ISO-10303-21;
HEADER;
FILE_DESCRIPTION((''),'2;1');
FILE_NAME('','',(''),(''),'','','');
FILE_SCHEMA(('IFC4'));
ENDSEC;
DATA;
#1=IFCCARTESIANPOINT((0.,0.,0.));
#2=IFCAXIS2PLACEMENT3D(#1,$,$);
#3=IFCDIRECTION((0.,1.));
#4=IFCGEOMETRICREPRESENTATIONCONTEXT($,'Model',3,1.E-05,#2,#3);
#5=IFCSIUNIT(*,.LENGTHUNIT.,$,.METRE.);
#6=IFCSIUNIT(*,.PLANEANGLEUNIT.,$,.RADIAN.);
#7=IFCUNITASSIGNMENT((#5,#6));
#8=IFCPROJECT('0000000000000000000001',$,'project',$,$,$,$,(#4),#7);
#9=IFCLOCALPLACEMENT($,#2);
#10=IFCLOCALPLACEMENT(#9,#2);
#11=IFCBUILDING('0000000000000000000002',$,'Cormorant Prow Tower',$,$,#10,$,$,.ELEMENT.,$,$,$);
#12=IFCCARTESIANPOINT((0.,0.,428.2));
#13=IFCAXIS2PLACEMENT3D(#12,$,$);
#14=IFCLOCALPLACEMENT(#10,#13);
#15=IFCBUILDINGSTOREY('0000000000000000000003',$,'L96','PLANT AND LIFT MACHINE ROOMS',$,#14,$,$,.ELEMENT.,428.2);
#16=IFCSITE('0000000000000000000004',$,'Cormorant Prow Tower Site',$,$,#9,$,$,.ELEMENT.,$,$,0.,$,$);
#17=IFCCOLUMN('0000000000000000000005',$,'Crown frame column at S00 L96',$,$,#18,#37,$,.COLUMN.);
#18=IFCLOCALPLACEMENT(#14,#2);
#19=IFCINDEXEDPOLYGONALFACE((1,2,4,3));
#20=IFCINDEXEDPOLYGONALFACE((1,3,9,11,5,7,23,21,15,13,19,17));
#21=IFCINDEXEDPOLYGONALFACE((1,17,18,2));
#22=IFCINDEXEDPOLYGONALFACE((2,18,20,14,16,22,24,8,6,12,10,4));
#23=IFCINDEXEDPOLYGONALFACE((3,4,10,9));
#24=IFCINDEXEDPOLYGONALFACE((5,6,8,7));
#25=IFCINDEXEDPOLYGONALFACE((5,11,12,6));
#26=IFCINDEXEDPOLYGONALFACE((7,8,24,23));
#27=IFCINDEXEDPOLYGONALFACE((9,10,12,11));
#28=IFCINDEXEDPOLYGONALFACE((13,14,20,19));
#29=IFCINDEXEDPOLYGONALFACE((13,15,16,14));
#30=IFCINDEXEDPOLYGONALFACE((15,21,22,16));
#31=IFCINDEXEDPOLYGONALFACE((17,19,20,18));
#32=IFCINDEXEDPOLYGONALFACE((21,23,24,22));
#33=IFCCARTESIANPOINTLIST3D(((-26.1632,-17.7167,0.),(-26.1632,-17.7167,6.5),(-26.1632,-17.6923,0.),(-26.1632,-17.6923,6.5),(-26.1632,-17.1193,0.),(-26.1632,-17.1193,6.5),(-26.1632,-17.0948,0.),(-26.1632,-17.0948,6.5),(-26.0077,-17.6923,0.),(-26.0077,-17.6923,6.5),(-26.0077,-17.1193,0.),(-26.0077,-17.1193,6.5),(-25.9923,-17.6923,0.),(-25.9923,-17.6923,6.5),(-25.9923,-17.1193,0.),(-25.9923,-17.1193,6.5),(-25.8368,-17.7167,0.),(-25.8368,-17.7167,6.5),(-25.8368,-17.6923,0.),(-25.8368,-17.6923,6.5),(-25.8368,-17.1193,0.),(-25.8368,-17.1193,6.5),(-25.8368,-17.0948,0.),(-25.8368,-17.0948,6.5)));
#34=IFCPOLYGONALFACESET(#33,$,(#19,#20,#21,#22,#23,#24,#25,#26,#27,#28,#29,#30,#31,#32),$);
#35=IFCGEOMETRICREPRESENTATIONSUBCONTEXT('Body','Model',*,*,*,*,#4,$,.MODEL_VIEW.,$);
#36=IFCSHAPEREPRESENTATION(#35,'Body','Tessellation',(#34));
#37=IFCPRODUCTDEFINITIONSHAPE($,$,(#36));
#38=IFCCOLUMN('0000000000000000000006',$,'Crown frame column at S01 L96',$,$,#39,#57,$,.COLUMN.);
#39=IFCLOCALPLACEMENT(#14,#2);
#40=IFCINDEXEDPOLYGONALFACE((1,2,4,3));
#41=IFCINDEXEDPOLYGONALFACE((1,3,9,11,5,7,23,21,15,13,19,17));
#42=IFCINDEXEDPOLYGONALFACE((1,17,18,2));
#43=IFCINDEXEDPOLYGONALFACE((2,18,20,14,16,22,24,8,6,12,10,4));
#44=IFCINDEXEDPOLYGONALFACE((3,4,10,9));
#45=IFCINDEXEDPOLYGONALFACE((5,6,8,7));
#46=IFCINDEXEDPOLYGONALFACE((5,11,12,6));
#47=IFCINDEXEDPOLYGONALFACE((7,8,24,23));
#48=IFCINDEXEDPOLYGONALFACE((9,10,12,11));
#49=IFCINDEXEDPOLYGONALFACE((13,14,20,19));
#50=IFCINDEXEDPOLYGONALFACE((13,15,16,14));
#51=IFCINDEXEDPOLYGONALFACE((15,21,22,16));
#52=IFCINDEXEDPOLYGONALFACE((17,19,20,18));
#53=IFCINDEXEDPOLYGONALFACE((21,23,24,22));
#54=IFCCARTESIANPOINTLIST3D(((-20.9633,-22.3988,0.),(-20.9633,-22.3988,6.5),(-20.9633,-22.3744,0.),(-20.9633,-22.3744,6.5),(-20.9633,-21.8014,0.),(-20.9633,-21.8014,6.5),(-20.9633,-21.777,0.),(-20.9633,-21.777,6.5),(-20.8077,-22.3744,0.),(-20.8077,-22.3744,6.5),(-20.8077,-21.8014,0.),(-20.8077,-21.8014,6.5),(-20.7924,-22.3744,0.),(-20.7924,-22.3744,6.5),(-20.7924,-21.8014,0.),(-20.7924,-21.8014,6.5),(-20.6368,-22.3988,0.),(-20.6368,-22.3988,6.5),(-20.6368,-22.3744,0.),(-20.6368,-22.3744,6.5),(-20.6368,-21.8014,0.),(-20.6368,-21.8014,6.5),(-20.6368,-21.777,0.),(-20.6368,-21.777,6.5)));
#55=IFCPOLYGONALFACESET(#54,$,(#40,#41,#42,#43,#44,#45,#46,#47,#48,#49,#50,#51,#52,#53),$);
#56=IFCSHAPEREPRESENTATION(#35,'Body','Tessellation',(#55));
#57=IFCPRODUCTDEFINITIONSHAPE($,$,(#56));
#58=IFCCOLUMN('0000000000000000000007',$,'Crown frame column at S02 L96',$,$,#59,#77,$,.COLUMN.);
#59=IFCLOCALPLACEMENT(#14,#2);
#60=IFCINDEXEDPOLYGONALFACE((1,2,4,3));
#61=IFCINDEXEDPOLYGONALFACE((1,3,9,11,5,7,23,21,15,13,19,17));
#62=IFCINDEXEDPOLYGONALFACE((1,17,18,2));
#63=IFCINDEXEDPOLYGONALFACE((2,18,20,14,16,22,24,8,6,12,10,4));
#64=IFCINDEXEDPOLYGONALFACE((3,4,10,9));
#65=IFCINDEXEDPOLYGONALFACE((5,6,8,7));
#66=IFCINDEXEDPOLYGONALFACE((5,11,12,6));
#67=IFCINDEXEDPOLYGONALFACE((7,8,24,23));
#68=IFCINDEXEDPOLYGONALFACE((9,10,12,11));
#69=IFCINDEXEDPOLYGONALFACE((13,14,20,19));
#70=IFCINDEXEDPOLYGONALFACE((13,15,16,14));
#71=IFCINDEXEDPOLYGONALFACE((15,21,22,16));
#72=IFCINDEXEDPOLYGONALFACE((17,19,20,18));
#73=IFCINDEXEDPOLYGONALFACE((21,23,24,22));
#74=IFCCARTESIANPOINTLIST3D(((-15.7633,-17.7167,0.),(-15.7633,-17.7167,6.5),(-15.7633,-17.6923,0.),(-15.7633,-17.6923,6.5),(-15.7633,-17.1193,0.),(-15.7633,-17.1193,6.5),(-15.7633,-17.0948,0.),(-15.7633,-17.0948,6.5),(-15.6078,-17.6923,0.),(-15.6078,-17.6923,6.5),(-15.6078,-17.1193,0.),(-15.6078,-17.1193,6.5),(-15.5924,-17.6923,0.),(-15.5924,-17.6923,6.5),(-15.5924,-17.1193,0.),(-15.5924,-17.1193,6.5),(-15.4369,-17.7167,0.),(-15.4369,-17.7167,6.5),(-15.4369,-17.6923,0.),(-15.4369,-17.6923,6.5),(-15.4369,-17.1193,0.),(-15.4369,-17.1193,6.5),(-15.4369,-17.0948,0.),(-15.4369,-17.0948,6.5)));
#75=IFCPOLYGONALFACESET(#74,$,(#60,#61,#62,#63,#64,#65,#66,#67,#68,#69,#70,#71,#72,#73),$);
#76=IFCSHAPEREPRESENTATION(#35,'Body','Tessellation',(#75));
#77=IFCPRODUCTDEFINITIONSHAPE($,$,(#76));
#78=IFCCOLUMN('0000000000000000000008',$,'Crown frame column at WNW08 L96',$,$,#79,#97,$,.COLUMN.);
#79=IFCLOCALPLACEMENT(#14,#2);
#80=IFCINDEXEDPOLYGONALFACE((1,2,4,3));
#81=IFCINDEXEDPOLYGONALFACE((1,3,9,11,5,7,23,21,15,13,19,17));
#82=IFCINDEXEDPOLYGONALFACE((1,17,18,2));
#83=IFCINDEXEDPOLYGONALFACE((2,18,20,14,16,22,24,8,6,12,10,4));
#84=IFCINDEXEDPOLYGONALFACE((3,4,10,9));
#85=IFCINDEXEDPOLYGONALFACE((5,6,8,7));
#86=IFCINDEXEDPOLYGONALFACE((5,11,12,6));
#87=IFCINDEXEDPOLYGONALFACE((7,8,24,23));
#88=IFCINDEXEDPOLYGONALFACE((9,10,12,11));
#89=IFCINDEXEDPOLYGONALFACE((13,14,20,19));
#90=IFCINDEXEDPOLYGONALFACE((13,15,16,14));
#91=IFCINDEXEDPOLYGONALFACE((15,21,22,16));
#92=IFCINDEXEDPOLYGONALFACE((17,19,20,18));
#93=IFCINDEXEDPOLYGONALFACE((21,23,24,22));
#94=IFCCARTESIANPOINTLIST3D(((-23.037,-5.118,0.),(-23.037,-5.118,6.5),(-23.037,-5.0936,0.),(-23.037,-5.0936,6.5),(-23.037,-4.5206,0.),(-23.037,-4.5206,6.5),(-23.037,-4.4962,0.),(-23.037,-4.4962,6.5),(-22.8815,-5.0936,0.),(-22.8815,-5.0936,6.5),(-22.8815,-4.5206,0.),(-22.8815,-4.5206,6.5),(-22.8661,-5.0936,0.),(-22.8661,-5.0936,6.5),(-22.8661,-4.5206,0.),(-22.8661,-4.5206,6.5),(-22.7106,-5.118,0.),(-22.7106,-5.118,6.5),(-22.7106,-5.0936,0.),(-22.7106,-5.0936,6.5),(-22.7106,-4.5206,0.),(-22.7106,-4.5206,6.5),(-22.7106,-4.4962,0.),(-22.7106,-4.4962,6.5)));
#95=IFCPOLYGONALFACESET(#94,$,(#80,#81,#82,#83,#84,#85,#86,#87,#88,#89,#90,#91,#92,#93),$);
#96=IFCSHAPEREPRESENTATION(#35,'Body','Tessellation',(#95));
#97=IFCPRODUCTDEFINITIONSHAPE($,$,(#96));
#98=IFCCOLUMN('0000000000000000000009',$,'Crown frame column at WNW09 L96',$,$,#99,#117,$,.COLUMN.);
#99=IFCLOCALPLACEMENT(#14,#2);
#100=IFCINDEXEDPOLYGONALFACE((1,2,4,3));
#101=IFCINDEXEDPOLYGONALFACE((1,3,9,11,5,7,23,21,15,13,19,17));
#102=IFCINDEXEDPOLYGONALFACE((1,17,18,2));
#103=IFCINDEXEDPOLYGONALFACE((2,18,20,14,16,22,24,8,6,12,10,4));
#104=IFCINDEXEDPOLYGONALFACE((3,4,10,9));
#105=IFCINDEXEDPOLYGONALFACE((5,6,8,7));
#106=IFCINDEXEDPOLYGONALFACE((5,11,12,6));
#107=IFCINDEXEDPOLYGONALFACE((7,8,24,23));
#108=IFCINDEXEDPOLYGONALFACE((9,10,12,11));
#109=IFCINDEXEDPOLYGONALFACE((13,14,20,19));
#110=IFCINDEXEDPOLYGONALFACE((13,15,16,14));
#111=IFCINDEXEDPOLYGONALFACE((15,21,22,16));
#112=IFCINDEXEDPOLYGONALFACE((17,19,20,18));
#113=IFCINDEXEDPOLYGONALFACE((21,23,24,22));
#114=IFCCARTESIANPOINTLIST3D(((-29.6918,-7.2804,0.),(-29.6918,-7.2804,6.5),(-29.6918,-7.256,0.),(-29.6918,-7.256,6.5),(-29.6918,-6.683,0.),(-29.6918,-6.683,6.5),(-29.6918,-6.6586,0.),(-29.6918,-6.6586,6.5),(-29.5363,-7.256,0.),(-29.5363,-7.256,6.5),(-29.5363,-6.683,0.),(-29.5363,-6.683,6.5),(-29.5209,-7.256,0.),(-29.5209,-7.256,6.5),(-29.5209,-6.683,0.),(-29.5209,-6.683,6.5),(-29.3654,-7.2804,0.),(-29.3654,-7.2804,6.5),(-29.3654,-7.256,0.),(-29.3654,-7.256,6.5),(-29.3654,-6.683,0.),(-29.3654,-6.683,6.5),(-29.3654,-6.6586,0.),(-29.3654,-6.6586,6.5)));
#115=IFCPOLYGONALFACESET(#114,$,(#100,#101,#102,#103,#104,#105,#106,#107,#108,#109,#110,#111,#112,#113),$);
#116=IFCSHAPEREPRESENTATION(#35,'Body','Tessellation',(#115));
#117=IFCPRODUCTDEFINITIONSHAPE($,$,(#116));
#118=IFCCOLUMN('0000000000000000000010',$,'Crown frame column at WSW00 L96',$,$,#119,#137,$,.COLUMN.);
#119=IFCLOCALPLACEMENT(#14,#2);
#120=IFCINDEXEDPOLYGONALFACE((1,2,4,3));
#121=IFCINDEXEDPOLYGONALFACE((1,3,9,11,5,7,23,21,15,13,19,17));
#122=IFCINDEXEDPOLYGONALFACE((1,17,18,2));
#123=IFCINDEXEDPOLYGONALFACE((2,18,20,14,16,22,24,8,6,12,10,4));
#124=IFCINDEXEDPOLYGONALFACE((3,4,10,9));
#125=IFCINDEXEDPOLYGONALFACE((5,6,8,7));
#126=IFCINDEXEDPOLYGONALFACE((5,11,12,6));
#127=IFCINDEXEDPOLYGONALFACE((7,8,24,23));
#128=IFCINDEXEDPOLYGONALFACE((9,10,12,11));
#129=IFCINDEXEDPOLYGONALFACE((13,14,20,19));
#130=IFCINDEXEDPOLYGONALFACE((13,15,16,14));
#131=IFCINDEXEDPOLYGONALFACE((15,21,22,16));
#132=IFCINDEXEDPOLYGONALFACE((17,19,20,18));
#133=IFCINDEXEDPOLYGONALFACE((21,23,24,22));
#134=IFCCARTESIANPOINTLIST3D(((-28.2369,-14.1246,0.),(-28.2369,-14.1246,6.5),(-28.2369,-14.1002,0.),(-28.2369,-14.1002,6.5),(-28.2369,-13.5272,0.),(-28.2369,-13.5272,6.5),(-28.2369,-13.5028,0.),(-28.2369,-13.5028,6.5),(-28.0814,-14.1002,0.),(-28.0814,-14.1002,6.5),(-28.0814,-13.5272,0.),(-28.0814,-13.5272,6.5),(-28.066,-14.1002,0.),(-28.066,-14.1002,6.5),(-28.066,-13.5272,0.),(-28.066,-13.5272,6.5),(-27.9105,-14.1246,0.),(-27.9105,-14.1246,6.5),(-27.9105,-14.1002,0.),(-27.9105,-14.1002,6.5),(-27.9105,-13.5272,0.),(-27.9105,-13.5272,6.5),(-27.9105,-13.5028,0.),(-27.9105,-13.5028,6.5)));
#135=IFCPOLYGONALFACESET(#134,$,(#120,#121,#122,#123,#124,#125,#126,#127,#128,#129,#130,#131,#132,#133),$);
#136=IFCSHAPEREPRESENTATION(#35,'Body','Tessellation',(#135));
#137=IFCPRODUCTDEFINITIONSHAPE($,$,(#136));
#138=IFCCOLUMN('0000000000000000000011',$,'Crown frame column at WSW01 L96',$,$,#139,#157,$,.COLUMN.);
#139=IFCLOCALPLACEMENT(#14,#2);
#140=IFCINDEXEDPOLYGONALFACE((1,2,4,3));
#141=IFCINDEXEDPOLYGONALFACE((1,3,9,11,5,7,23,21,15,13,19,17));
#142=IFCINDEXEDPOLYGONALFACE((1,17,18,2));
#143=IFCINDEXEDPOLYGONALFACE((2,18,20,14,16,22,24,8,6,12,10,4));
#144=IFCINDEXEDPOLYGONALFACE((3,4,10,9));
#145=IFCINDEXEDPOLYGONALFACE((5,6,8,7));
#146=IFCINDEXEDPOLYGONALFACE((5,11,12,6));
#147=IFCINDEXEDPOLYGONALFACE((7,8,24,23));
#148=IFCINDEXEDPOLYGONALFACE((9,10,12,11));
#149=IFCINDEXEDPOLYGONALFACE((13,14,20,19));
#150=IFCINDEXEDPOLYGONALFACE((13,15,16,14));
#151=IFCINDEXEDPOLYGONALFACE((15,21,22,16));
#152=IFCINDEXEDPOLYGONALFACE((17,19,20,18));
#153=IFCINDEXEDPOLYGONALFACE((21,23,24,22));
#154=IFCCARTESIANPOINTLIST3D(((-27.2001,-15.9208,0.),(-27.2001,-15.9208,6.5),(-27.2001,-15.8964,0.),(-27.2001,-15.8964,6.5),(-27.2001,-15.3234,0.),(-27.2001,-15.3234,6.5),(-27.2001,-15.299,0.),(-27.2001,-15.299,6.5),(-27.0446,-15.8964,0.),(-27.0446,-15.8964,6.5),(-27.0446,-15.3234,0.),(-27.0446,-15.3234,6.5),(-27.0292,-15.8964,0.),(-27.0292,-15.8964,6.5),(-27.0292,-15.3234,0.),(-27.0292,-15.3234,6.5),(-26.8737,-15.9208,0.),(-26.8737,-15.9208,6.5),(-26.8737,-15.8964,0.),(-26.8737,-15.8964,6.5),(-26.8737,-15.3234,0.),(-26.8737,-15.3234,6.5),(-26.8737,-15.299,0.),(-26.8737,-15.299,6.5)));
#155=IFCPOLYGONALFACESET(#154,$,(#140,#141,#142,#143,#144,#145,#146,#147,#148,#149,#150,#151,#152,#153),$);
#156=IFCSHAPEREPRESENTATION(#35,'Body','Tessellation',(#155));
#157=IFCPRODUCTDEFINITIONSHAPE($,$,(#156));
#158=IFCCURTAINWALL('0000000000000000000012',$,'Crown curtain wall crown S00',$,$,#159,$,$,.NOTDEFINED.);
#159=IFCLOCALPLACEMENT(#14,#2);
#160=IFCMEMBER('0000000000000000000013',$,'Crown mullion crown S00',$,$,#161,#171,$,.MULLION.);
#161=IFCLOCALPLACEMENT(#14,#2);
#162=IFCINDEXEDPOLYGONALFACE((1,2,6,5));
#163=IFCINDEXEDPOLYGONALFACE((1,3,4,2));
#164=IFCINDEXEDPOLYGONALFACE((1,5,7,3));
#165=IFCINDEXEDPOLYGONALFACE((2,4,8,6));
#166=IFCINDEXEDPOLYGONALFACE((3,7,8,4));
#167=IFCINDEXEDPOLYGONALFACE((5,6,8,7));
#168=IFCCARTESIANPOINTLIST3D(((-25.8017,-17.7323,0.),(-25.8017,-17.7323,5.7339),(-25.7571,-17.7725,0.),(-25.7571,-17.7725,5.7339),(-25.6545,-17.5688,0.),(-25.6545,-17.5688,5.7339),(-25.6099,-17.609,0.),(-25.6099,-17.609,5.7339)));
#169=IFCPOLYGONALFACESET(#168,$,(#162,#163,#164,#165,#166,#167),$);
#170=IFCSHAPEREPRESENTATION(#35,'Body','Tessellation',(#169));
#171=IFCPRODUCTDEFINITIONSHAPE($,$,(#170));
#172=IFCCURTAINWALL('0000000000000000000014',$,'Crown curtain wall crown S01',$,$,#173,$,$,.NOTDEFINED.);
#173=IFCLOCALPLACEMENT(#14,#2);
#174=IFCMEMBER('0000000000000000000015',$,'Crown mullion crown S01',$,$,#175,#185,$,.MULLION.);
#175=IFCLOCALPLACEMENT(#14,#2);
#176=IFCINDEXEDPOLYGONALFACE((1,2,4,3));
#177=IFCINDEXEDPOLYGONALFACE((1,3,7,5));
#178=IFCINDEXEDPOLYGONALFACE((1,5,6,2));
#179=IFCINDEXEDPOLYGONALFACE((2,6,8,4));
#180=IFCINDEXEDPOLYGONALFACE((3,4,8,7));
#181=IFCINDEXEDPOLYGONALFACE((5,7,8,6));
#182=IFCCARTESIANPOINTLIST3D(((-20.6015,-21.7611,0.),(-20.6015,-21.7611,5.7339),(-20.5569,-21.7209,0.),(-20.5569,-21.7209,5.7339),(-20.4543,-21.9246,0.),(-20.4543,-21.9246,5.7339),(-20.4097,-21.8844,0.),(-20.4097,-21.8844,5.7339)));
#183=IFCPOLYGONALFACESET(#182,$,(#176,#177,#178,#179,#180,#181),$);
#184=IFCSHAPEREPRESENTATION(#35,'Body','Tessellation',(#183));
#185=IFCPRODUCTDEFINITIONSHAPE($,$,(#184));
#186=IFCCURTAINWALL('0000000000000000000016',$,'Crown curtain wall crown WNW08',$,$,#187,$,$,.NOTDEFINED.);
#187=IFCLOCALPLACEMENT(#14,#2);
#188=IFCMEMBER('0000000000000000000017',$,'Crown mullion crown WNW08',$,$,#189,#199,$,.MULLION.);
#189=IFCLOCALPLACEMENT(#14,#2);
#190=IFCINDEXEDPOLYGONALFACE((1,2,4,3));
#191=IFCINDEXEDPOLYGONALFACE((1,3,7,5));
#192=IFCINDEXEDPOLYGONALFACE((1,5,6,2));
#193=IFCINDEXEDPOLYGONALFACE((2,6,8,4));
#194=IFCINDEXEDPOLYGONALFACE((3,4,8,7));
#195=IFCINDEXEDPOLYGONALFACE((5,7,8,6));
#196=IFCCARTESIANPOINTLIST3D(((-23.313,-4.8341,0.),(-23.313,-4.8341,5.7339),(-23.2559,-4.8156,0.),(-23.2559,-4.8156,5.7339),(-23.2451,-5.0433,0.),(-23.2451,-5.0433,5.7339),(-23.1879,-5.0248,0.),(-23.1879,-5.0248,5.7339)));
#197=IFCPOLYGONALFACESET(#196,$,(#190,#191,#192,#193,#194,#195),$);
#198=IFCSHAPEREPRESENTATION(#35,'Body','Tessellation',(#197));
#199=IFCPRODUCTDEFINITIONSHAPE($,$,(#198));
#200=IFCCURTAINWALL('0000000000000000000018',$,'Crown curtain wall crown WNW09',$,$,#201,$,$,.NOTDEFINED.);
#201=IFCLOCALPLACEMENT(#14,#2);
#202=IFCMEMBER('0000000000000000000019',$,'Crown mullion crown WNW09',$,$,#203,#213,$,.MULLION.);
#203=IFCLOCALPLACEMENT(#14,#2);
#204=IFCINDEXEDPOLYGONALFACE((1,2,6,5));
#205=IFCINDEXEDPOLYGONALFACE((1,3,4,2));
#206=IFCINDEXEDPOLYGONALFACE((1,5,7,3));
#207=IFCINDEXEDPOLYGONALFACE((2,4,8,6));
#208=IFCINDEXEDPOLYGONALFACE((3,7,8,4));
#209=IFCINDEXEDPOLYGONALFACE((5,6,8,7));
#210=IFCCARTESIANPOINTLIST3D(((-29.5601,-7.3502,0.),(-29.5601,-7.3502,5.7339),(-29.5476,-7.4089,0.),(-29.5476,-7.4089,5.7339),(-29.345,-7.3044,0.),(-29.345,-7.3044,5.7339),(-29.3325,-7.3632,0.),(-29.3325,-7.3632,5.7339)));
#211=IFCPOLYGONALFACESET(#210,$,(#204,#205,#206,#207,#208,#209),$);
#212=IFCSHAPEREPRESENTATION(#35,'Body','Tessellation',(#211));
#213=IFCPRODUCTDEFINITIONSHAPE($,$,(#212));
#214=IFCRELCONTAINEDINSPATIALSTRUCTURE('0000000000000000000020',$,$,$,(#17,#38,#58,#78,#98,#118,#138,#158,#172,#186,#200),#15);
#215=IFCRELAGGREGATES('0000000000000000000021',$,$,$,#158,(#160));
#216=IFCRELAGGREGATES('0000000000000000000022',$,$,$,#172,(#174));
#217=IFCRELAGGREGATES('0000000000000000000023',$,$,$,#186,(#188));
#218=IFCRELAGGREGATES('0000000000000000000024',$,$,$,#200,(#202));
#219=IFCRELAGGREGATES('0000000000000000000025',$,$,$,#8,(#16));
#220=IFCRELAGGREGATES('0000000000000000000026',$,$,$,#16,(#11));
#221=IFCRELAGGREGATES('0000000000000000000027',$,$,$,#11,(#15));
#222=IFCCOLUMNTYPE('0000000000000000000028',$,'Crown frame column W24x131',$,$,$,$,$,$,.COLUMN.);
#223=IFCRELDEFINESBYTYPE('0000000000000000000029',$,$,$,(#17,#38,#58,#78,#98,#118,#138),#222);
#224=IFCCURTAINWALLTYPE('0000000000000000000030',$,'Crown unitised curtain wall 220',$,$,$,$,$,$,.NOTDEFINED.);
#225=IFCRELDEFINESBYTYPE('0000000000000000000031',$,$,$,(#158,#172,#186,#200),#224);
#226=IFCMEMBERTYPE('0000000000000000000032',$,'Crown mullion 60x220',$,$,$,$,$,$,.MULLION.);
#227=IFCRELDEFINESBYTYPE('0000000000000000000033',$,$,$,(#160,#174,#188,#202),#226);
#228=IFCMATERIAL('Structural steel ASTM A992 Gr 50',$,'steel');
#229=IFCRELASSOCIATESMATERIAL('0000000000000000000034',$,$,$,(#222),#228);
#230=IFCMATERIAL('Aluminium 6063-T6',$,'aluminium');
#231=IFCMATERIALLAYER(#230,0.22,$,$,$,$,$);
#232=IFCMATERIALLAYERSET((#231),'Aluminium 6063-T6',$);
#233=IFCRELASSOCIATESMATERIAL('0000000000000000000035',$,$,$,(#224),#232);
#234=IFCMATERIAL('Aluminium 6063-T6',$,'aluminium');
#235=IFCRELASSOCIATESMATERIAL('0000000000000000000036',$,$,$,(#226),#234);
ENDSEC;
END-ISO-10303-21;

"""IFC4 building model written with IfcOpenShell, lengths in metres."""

from ifc_helpers import new_model, si_unit, direction, frame, origin, origin_2d, place, context, subcontext, project, spatial, rectangle, i_section, extrude, material, layer, layer_set, material_profile, profile_set, type_object, element, aggregate, save


model = new_model("IFC4")

# Units and contexts
model_context = context("Model", 3, precision=1e-05, world=origin(), true_north=direction((0.0, 1.0)))
body_context = subcontext(model_context, "Body", "Model", "MODEL_VIEW")
ifc_project = project(units=[si_unit("LENGTHUNIT", "METRE"), si_unit("PLANEANGLEUNIT", "RADIAN")], contexts=[model_context])

# Site, building, storey
site_placement = place(None, origin())
site = spatial("IfcSite", under=ifc_project, at=site_placement, Name="Cormorant Prow Tower Site", CompositionType="ELEMENT", RefElevation=0.0)
building_placement = place(site_placement, origin())
building = spatial("IfcBuilding", under=site, at=building_placement, Name="Cormorant Prow Tower", CompositionType="ELEMENT")
storey_placement = place(building_placement, frame((0.0, 0.0, 428.2)))
storey = spatial("IfcBuildingStorey", under=building, at=storey_placement, Name="L96", Description="PLANT AND LIFT MACHINE ROOMS", CompositionType="ELEMENT", Elevation=428.2)

# Columns
ifc_material_1 = material(Name="Structural steel ASTM A992 Gr 50", Category="steel")
ifc_material_profile_1 = material_profile(ifc_material_1, i_section(OverallWidth=0.3264, OverallDepth=0.6218, WebThickness=0.0154, FlangeThickness=0.0244, at=origin_2d()), Name="W24x131")
ifc_profile_set_1 = profile_set([ifc_material_profile_1], Name="Structural steel ASTM A992 Gr 50")
column_type = type_object("IfcColumnType", Name="Crown frame column W24x131", PredefinedType="COLUMN", material=ifc_profile_set_1)
for number, where, z_axis, x_axis, name in (
    (1, (-26.0, -17.4058, 0.0), (0.0, 0.0, 1.0), (1.0, 0.0, 0.0), "Crown frame column at S00 L96"),
    (2, (-20.8, -22.0879, 0.0), (0.0, 0.0, 1.0), (1.0, 0.0, 0.0), "Crown frame column at S01 L96"),
    (3, (-15.6001, -17.4058, 0.0), (0.0, 0.0, 1.0), (1.0, 0.0, 0.0), "Crown frame column at S02 L96"),
    (4, (-22.8738, -4.8071, 0.0), (0.0, 0.0, 1.0), (1.0, 0.0, 0.0), "Crown frame column at WNW08 L96"),
    (5, (-29.5286, -6.9695, 0.0), (0.0, 0.0, 1.0), (1.0, 0.0, 0.0), "Crown frame column at WNW09 L96"),
    (6, (-28.0737, -13.8137, 0.0), (0.0, 0.0, 1.0), (1.0, 0.0, 0.0), "Crown frame column at WSW00 L96"),
    (7, (-27.0369, -15.6099, 0.0), (0.0, 0.0, 1.0), (1.0, 0.0, 0.0), "Crown frame column at WSW01 L96"),
):
    element("IfcColumn", number, at=place(storey_placement, frame(where, z_axis=z_axis, x_axis=x_axis)), inside=storey, type_object=column_type, Name=name, PredefinedType="COLUMN", context=body_context, shape_type="SweptSolid", body=[
        extrude(i_section(OverallWidth=0.3264, OverallDepth=0.6218, WebThickness=0.0154, FlangeThickness=0.0244, at=origin_2d()), origin(), (0.0, 0.0, 1.0), 6.5),
    ])

# Curtain walls, members
ifc_material_2 = material(Name="Aluminium 6063-T6", Category="aluminium")
ifc_layer_1 = layer(ifc_material_2, 0.22)
ifc_layer_set_1 = layer_set([ifc_layer_1], Name="Aluminium 6063-T6")
curtain_wall_type = type_object("IfcCurtainWallType", Name="Crown unitised curtain wall 220", PredefinedType="NOTDEFINED", material=ifc_layer_set_1)
curtain_wall_1_placement = place(storey_placement, origin())
curtain_wall_1 = element("IfcCurtainWall", 8, at=curtain_wall_1_placement, inside=storey, type_object=curtain_wall_type, Name="Crown curtain wall crown S00", PredefinedType="NOTDEFINED")
ifc_material_3 = material(Name="Aluminium 6063-T6", Category="aluminium")
ifc_material_profile_2 = material_profile(ifc_material_3, rectangle(XDim=0.22, YDim=0.0601, at=origin_2d()), Name="Crown mullion 60x220")
ifc_profile_set_2 = profile_set([ifc_material_profile_2], Name="Aluminium 6063-T6")
member_type_1 = type_object("IfcMemberType", Name="Crown mullion 60x220", PredefinedType="MULLION", material=ifc_profile_set_2)
member_1_placement = place(storey_placement, frame((-25.7058, -17.6707, 0.0), z_axis=(0.0, 0.0, 1.0), x_axis=(0.669131, 0.743145, 0.0)))
member_1 = element("IfcMember", 9, at=member_1_placement, type_object=member_type_1, Name="Crown mullion crown S00", PredefinedType="MULLION", context=body_context, shape_type="SweptSolid", body=[
    extrude(rectangle(XDim=0.22, YDim=0.0601, at=origin_2d()), origin(), (0.0, 0.0, 1.0), 5.7339),
])
curtain_wall_2_placement = place(storey_placement, origin())
curtain_wall_2 = element("IfcCurtainWall", 10, at=curtain_wall_2_placement, inside=storey, type_object=curtain_wall_type, Name="Crown curtain wall crown S01", PredefinedType="NOTDEFINED")
member_2_placement = place(storey_placement, frame((-20.5056, -21.8228, 0.0), z_axis=(0.0, 0.0, 1.0), x_axis=(-0.669131, 0.743145, 0.0)))
member_2 = element("IfcMember", 11, at=member_2_placement, type_object=member_type_1, Name="Crown mullion crown S01", PredefinedType="MULLION", context=body_context, shape_type="SweptSolid", body=[
    extrude(rectangle(XDim=0.22, YDim=0.0601, at=origin_2d()), origin(), (0.0, 0.0, 1.0), 5.7339),
])
curtain_wall_3_placement = place(storey_placement, origin())
curtain_wall_3 = element("IfcCurtainWall", 12, at=curtain_wall_3_placement, inside=storey, type_object=curtain_wall_type, Name="Crown curtain wall crown WNW08", PredefinedType="NOTDEFINED")
member_3_placement = place(storey_placement, frame((-23.2505, -4.9294, 0.0), z_axis=(0.0, 0.0, 1.0), x_axis=(0.309017, -0.951057, 0.0)))
member_3 = element("IfcMember", 13, at=member_3_placement, type_object=member_type_1, Name="Crown mullion crown WNW08", PredefinedType="MULLION", context=body_context, shape_type="SweptSolid", body=[
    extrude(rectangle(XDim=0.22, YDim=0.0601, at=origin_2d()), origin(), (0.0, 0.0, 1.0), 5.7339),
])
curtain_wall_4_placement = place(storey_placement, origin())
curtain_wall_4 = element("IfcCurtainWall", 14, at=curtain_wall_4_placement, inside=storey, type_object=curtain_wall_type, Name="Crown curtain wall crown WNW09", PredefinedType="NOTDEFINED")
member_4_placement = place(storey_placement, frame((-29.4463, -7.3567, 0.0), z_axis=(0.0, 0.0, 1.0), x_axis=(0.978148, 0.207912, 0.0)))
member_4 = element("IfcMember", 15, at=member_4_placement, type_object=member_type_1, Name="Crown mullion crown WNW09", PredefinedType="MULLION", context=body_context, shape_type="SweptSolid", body=[
    extrude(rectangle(XDim=0.22, YDim=0.0601, at=origin_2d()), origin(), (0.0, 0.0, 1.0), 5.7339),
])

aggregate(curtain_wall_1, [member_1])
aggregate(curtain_wall_2, [member_2])

aggregate(curtain_wall_3, [member_3])
aggregate(curtain_wall_4, [member_4])

save(model, "model.ifc")
